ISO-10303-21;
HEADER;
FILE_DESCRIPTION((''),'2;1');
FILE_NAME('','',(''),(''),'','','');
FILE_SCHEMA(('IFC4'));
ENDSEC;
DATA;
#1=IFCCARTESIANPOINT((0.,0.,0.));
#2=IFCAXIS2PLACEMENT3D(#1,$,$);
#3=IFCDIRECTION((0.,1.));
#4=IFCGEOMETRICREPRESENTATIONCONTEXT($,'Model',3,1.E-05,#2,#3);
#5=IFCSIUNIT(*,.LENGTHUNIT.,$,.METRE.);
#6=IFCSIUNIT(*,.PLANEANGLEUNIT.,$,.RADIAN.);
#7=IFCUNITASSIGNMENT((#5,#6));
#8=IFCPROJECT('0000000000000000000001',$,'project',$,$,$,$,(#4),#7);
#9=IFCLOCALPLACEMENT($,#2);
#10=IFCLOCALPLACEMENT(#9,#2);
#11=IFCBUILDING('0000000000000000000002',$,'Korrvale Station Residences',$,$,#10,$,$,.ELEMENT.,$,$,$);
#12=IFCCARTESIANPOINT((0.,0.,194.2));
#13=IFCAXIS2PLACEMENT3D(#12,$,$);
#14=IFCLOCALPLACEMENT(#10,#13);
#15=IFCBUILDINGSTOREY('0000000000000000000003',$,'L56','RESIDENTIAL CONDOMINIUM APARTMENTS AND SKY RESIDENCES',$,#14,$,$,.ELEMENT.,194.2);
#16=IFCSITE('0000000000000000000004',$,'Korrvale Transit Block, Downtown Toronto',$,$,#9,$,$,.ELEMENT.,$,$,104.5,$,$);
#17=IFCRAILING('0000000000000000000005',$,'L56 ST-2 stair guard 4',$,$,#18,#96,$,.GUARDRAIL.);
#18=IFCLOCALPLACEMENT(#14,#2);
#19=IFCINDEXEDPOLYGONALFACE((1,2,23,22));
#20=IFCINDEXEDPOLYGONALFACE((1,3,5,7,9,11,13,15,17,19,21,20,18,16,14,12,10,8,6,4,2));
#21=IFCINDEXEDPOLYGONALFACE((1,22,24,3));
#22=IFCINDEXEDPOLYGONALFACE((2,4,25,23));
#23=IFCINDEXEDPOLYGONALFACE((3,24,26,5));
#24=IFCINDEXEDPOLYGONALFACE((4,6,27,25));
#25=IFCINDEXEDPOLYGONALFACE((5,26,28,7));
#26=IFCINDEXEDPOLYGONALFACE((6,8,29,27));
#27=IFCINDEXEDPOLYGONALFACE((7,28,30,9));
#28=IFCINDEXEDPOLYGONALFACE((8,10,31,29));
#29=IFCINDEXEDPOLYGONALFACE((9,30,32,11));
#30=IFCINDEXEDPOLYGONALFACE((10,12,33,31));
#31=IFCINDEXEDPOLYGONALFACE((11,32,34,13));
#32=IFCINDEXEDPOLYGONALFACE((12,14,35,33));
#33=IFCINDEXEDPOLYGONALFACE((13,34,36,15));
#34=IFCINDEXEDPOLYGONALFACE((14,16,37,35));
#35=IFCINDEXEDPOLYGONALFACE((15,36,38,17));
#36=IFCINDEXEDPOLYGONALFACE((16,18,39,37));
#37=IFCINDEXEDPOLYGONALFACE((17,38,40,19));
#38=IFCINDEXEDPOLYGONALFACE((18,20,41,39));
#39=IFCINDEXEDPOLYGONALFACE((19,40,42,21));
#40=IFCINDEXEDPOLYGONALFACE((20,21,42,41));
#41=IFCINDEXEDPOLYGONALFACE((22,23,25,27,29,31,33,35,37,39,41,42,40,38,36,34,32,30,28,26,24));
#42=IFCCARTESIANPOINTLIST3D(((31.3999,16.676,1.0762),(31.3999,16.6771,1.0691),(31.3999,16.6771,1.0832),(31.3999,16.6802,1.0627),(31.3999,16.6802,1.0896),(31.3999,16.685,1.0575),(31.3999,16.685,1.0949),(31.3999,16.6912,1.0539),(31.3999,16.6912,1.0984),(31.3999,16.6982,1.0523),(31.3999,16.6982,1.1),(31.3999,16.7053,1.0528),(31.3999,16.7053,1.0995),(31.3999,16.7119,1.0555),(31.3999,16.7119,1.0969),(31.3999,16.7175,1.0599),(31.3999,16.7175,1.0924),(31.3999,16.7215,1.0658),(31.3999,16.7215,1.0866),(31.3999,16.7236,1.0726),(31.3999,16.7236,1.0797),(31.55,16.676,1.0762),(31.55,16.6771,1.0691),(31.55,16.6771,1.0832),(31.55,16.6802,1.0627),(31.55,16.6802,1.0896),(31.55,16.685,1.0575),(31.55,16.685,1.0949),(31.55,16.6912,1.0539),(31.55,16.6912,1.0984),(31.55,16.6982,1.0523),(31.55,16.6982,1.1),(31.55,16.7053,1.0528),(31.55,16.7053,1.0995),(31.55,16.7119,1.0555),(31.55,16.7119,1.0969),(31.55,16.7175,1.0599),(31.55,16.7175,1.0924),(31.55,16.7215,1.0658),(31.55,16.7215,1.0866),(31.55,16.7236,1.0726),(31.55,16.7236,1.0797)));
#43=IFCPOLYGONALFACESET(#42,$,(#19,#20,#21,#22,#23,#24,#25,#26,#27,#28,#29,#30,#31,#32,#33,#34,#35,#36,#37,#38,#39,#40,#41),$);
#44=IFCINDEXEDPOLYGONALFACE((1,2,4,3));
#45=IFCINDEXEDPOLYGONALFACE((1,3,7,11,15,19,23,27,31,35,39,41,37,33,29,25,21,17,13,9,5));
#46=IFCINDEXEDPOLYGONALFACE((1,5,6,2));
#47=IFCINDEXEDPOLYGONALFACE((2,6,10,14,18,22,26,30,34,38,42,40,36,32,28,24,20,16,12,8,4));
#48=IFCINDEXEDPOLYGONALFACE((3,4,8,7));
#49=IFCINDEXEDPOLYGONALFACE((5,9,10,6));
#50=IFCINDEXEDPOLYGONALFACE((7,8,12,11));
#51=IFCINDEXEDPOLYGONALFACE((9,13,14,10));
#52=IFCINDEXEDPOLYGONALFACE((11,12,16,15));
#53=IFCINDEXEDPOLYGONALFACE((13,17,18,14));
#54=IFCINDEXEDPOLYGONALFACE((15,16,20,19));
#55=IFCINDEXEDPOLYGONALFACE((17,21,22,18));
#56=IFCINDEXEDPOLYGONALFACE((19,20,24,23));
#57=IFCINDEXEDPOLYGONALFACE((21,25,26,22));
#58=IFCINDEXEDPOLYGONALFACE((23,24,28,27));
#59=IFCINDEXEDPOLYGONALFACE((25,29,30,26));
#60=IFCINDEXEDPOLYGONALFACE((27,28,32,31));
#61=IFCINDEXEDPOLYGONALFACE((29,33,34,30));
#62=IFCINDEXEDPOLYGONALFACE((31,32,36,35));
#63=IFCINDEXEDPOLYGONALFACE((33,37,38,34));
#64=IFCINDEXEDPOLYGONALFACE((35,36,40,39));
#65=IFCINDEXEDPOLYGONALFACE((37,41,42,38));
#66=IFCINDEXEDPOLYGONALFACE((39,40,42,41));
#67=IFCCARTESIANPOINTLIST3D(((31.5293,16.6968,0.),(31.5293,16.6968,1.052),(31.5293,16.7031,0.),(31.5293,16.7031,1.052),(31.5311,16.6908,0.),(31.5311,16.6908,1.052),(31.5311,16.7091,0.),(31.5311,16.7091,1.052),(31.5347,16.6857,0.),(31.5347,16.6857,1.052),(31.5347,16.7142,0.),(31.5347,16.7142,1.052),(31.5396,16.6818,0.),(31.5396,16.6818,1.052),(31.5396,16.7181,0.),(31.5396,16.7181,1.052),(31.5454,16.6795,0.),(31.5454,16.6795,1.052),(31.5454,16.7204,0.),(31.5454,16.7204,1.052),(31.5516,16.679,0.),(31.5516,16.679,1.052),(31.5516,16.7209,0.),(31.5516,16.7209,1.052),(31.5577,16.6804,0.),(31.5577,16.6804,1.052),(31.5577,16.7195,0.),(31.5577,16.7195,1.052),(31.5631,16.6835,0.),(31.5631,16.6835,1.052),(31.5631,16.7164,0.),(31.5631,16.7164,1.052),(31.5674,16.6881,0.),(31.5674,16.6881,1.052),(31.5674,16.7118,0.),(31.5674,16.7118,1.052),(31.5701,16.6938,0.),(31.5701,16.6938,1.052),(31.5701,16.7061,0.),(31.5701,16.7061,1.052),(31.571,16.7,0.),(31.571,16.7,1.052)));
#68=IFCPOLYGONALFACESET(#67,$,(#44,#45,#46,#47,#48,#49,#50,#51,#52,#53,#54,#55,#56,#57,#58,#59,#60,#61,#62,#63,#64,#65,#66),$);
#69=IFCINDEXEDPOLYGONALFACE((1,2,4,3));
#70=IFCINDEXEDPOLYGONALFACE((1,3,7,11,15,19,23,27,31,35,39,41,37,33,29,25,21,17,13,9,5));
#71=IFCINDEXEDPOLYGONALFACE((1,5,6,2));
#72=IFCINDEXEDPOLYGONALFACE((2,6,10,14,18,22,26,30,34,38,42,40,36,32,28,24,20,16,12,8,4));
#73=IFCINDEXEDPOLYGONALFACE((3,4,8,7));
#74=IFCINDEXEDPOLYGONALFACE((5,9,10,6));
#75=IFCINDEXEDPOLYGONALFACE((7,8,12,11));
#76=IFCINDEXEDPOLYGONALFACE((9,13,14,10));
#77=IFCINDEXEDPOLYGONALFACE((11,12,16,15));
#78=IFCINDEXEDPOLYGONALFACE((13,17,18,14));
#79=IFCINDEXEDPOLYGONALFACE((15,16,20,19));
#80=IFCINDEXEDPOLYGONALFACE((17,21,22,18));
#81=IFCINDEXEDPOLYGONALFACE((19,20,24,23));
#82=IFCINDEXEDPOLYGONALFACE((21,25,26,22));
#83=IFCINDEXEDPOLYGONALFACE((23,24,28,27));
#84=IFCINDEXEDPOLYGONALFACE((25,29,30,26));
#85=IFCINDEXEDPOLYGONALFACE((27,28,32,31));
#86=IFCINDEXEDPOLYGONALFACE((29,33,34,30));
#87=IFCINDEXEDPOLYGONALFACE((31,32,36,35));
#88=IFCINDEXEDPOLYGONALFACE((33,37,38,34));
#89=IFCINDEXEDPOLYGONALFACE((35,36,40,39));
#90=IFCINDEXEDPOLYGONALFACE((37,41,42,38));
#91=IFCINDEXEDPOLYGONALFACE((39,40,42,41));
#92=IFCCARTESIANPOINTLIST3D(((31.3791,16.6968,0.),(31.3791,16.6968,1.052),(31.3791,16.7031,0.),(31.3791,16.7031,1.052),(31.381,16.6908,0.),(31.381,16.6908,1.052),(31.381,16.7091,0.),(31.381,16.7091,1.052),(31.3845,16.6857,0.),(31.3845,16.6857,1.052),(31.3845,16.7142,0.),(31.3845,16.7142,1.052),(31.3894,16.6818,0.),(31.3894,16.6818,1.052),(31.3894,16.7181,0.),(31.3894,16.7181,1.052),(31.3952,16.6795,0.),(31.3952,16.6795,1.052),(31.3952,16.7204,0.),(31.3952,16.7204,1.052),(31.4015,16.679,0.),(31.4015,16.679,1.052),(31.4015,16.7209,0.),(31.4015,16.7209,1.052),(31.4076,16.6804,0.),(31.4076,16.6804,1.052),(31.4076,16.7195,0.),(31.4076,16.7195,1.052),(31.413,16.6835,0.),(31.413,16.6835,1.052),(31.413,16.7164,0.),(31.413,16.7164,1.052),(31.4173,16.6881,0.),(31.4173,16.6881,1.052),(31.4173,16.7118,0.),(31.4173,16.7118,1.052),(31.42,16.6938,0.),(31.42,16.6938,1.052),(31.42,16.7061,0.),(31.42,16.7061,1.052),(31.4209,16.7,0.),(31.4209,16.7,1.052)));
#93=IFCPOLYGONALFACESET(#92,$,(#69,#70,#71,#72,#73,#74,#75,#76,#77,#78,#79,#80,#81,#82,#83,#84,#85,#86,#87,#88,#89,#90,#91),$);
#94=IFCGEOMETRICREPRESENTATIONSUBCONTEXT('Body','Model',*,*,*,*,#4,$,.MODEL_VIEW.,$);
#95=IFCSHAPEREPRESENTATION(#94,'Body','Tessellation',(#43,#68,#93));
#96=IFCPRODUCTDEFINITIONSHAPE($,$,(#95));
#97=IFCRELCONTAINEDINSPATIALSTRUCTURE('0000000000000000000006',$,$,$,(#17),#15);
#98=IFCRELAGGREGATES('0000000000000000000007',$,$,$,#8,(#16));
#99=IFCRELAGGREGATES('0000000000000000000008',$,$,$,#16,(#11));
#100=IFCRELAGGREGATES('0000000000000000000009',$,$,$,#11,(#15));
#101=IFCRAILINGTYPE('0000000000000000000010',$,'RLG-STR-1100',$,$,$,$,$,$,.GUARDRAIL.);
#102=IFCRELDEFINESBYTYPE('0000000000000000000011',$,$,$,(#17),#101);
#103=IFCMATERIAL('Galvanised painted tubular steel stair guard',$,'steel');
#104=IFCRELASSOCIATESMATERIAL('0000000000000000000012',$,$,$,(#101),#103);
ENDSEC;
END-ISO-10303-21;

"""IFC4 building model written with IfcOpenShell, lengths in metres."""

from ifc_helpers import new_model, si_unit, direction, frame, origin, origin_2d, place, context, subcontext, project, spatial, circle, extrude, material, type_object, element, save


model = new_model("IFC4")

# Units and contexts
model_context = context("Model", 3, precision=1e-05, world=origin(), true_north=direction((0.0, 1.0)))
body_context = subcontext(model_context, "Body", "Model", "MODEL_VIEW")
ifc_project = project(units=[si_unit("LENGTHUNIT", "METRE"), si_unit("PLANEANGLEUNIT", "RADIAN")], contexts=[model_context])

# Site, building, storey
site_placement = place(None, origin())
site = spatial("IfcSite", under=ifc_project, at=site_placement, Name="Korrvale Transit Block, Downtown Toronto", CompositionType="ELEMENT", RefElevation=104.5)
building_placement = place(site_placement, origin())
building = spatial("IfcBuilding", under=site, at=building_placement, Name="Korrvale Station Residences", CompositionType="ELEMENT")
storey_placement = place(building_placement, frame((0.0, 0.0, 194.2)))
storey = spatial("IfcBuildingStorey", under=building, at=storey_placement, Name="L56", Description="RESIDENTIAL CONDOMINIUM APARTMENTS AND SKY RESIDENCES", CompositionType="ELEMENT", Elevation=194.2)

# Railing
ifc_material_1 = material(Name="Galvanised painted tubular steel stair guard", Category="steel")
railing_type_1 = type_object("IfcRailingType", Name="RLG-STR-1100", PredefinedType="GUARDRAIL", material=ifc_material_1)
railing_1_placement = place(storey_placement, frame((31.55, 16.7, 0.0)))
element("IfcRailing", 1, at=railing_1_placement, inside=storey, type_object=railing_type_1, Name="L56 ST-2 stair guard 4", PredefinedType="GUARDRAIL", context=body_context, shape_type="SweptSolid", body=[
    extrude(circle(Radius=0.0239, at=origin_2d()), frame((0.0, 0.0, 1.0762), z_axis=(-1.0, 0.0, 0.0), x_axis=(0.0, -1.0, 0.0)), (0.0, 0.0, 1.0), 0.1501),
    extrude(circle(Radius=0.021, at=origin_2d()), origin(), (0.0, 0.0, 1.0), 1.052),
    extrude(circle(Radius=0.021, at=origin_2d()), frame((-0.1501, 0.0, 0.0)), (0.0, 0.0, 1.0), 1.052),
])

save(model, "model.ifc")
